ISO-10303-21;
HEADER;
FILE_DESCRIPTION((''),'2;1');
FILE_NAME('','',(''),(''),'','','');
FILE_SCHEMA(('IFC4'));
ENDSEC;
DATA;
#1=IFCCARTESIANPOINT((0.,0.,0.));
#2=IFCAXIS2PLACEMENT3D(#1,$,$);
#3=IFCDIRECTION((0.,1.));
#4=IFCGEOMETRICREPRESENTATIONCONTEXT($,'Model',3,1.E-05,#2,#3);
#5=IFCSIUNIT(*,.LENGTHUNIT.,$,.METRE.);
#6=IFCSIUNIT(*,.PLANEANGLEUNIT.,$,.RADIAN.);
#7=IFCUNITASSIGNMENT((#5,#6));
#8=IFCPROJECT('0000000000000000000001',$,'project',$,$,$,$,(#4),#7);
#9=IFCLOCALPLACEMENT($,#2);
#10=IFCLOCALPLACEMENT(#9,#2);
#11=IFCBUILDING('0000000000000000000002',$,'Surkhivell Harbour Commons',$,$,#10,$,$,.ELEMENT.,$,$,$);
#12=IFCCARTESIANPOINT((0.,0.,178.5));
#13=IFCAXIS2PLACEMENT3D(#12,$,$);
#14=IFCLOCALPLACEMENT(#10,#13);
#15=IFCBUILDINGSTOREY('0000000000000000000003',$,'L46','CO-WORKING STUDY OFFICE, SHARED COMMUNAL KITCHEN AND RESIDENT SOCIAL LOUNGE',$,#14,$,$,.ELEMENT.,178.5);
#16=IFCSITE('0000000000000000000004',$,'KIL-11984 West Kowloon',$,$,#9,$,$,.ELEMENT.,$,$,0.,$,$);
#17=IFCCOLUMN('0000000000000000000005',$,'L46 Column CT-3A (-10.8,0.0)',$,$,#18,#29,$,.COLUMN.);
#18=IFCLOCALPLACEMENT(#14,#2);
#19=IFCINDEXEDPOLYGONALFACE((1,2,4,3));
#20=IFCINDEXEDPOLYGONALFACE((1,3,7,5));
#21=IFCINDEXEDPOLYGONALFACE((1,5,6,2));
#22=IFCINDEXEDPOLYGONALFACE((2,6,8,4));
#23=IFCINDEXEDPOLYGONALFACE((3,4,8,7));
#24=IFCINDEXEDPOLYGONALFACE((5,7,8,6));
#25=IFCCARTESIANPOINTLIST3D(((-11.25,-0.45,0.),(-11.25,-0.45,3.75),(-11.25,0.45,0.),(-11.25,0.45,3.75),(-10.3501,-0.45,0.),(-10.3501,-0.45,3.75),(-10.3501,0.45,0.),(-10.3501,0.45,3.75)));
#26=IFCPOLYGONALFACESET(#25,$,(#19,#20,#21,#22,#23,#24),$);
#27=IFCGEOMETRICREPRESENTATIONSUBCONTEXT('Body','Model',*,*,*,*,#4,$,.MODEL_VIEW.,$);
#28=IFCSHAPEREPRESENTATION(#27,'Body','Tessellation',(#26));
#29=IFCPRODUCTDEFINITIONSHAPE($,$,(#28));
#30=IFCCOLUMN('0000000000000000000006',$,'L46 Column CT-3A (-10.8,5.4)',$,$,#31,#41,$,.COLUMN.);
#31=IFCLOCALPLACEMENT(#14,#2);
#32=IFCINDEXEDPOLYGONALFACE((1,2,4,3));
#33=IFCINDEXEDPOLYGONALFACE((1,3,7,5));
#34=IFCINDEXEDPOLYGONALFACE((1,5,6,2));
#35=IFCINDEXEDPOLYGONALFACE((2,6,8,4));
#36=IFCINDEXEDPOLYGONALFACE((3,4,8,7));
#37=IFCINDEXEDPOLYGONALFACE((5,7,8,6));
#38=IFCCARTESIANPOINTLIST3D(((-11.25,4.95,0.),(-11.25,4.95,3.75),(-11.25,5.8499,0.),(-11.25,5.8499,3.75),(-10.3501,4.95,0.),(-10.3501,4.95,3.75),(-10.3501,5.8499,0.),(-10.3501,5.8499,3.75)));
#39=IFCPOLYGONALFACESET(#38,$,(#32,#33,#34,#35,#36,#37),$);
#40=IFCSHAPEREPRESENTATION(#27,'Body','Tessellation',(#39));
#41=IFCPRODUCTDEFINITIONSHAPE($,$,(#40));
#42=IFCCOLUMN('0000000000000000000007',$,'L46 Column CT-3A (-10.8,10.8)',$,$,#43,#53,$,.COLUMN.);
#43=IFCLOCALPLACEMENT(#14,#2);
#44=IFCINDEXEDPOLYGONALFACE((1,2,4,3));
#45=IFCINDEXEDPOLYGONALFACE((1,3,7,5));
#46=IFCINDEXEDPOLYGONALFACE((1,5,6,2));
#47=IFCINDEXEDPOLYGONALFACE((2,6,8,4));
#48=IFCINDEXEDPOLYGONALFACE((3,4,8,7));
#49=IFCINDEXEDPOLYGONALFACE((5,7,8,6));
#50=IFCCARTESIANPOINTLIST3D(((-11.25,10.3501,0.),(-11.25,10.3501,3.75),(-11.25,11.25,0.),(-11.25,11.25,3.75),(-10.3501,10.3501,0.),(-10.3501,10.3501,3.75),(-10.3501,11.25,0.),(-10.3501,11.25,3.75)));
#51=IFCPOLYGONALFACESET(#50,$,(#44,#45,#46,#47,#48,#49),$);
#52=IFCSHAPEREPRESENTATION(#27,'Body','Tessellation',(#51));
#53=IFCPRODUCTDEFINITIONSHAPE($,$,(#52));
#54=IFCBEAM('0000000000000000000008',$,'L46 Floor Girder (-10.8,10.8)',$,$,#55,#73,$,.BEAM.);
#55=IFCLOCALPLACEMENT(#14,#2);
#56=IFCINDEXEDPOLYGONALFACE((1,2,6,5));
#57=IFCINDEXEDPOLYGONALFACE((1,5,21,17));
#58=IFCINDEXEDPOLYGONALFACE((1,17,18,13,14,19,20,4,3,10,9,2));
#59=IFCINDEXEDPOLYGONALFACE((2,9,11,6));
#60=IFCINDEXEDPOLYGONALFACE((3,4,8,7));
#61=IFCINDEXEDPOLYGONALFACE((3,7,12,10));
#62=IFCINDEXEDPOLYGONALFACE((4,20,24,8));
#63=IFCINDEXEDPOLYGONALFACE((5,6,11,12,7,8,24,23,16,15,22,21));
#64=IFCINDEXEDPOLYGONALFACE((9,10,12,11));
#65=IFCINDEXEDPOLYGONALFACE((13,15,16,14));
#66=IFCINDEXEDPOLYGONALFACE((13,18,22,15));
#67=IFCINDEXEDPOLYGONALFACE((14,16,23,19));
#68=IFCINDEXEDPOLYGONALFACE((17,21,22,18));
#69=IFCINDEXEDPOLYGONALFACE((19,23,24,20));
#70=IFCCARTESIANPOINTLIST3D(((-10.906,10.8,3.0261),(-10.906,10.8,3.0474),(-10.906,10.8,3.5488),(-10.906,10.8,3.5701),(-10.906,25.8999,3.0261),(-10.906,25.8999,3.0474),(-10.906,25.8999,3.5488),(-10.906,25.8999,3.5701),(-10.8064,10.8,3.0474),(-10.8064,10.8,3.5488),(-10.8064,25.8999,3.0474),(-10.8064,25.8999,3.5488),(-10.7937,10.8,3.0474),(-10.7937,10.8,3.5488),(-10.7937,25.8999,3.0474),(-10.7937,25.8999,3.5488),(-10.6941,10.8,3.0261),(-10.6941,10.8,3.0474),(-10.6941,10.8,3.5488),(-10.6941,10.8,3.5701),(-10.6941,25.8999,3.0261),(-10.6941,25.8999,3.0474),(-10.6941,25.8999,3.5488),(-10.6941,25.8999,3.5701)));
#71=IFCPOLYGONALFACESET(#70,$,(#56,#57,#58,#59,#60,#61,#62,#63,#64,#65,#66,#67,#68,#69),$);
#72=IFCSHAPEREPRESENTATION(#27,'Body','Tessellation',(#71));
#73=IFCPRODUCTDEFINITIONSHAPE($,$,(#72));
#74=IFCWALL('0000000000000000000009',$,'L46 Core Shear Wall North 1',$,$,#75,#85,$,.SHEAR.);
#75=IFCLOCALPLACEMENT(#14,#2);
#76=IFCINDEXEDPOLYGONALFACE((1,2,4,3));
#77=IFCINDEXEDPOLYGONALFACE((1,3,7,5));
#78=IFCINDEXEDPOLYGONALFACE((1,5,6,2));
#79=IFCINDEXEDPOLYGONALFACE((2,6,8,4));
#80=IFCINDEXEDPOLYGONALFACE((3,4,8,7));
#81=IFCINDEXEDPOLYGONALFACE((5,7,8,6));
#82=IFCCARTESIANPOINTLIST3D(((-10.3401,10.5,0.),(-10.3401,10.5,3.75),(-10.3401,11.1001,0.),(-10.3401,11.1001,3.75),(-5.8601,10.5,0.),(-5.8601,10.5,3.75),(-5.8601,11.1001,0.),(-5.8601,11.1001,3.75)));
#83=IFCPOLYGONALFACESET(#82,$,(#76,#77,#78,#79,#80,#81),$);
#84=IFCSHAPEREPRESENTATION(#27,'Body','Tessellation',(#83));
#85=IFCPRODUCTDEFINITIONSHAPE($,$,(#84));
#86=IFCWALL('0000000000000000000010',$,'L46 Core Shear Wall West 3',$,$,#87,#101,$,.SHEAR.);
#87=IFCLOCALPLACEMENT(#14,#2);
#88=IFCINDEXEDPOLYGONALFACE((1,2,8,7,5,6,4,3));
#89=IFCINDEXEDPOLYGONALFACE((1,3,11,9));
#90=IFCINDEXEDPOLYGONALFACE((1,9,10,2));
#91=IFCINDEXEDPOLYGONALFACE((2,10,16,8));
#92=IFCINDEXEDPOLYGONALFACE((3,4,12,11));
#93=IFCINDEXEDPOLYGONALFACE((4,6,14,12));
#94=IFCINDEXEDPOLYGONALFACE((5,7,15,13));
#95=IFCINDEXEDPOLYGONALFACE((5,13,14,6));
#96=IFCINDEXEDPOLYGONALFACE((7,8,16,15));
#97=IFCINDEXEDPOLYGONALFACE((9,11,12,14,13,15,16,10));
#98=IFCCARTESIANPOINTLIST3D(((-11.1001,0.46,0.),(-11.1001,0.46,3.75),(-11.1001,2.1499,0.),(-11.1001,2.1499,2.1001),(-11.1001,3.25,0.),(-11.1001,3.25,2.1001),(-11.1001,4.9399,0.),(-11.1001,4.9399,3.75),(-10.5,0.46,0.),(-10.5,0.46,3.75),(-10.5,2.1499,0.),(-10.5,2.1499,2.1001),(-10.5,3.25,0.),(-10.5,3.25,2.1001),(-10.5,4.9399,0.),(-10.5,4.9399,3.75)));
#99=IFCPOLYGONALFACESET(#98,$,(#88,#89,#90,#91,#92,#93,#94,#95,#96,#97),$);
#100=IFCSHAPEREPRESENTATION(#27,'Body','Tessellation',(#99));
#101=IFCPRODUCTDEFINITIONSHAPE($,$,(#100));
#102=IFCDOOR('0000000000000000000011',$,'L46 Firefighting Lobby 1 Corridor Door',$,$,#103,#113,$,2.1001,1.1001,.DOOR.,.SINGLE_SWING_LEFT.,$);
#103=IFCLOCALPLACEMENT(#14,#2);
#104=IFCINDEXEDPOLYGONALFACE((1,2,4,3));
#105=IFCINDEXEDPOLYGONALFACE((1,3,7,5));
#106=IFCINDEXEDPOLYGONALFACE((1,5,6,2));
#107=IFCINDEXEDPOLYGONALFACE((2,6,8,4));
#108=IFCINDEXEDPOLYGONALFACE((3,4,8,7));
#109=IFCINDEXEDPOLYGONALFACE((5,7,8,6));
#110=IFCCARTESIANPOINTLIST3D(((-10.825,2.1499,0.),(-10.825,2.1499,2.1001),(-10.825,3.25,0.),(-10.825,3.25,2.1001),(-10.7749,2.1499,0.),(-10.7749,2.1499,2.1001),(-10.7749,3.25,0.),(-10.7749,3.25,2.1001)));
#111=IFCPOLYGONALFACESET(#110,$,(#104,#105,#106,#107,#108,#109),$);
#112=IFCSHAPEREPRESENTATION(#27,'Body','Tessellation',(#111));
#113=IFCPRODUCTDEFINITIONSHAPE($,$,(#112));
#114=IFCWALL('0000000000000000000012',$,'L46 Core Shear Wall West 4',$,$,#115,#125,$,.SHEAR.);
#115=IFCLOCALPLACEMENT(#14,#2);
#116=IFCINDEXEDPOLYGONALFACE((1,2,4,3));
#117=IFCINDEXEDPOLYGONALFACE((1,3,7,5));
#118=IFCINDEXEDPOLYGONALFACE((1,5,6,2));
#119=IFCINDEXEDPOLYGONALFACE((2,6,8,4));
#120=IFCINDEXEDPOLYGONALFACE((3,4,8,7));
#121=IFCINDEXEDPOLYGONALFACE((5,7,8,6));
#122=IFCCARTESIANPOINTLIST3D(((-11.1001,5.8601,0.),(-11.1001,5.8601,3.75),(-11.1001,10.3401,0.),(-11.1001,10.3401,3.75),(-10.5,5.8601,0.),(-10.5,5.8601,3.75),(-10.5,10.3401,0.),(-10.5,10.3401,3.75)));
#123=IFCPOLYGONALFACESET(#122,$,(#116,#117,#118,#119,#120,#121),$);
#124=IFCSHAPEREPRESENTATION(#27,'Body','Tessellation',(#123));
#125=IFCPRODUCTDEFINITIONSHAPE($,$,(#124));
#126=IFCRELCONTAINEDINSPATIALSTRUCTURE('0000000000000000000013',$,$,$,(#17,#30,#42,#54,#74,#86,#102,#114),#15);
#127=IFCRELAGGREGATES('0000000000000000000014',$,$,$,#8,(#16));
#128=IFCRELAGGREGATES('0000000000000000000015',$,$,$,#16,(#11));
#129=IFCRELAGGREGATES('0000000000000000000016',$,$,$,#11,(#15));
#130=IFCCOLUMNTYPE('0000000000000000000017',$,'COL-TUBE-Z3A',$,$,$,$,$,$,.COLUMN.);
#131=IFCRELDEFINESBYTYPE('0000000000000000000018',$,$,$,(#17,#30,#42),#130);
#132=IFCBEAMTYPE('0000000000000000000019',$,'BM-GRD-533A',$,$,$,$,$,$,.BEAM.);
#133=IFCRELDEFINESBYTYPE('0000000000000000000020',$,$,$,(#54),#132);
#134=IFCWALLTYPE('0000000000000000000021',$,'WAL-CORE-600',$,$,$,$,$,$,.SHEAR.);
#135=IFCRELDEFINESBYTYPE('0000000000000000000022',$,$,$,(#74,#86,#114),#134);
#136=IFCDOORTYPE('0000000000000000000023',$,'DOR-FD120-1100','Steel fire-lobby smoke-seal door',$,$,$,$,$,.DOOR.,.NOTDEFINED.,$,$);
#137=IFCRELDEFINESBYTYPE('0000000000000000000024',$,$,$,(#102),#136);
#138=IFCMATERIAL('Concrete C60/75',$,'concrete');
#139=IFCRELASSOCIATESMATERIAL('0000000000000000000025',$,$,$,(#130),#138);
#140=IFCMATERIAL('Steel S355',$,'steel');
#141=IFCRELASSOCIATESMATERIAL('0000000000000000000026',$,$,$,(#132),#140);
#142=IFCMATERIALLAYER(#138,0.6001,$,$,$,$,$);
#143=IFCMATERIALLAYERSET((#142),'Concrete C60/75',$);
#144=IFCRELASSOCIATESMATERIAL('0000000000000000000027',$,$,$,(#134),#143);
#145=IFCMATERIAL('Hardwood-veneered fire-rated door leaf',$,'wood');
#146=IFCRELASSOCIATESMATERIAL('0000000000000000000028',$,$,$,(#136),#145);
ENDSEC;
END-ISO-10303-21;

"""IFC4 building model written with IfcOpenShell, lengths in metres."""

from ifc_helpers import new_model, si_unit, direction, frame, frame_2d, origin, origin_2d, place, context, subcontext, project, spatial, rectangle, i_section, extrude, material, layer, layer_set, material_profile, profile_set, type_object, element, fill, save


model = new_model("IFC4")

# Units and contexts
model_context = context("Model", 3, precision=1e-05, world=origin(), true_north=direction((0.0, 1.0)))
body_context = subcontext(model_context, "Body", "Model", "MODEL_VIEW")
ifc_project = project(units=[si_unit("LENGTHUNIT", "METRE"), si_unit("PLANEANGLEUNIT", "RADIAN")], contexts=[model_context])

# Site, building, storey
site_placement = place(None, origin())
site = spatial("IfcSite", under=ifc_project, at=site_placement, Name="KIL-11984 West Kowloon", CompositionType="ELEMENT", RefElevation=0.0)
building_placement = place(site_placement, origin())
building = spatial("IfcBuilding", under=site, at=building_placement, Name="Surkhivell Harbour Commons", CompositionType="ELEMENT")
storey_placement = place(building_placement, frame((0.0, 0.0, 178.5)))
storey = spatial("IfcBuildingStorey", under=building, at=storey_placement, Name="L46", Description="CO-WORKING STUDY OFFICE, SHARED COMMUNAL KITCHEN AND RESIDENT SOCIAL LOUNGE", CompositionType="ELEMENT", Elevation=178.5)

# Columns
ifc_material_1 = material(Name="Concrete C60/75", Category="concrete")
ifc_material_profile_1 = material_profile(ifc_material_1, rectangle(XDim=0.8999, YDim=0.8999, at=origin_2d()), Name="RC-COL-900x900")
ifc_profile_set_1 = profile_set([ifc_material_profile_1], Name="Concrete C60/75")
column_type = type_object("IfcColumnType", Name="COL-TUBE-Z3A", PredefinedType="COLUMN", material=ifc_profile_set_1)
for number, where, z_axis, x_axis, name in (
    (1, (-10.8, 0.0, 0.0), (0.0, 0.0, 1.0), (1.0, 0.0, 0.0), "L46 Column CT-3A (-10.8,0.0)"),
    (2, (-10.8, 5.3999, 0.0), (0.0, 0.0, 1.0), (1.0, 0.0, 0.0), "L46 Column CT-3A (-10.8,5.4)"),
    (3, (-10.8, 10.8, 0.0), (0.0, 0.0, 1.0), (1.0, 0.0, 0.0), "L46 Column CT-3A (-10.8,10.8)"),
):
    element("IfcColumn", number, at=place(storey_placement, frame(where, z_axis=z_axis, x_axis=x_axis)), inside=storey, type_object=column_type, Name=name, PredefinedType="COLUMN", context=body_context, shape_type="SweptSolid", body=[
        extrude(rectangle(XDim=0.8999, YDim=0.8999, at=origin_2d()), origin(), (0.0, 0.0, 1.0), 3.75),
    ])

# Beam
ifc_material_2 = material(Name="Steel S355", Category="steel")
ifc_material_profile_2 = material_profile(ifc_material_2, i_section(OverallWidth=0.2119, OverallDepth=0.5439, WebThickness=0.0127, FlangeThickness=0.0212, at=origin_2d()), Name="UB533x210x122")
ifc_profile_set_2 = profile_set([ifc_material_profile_2], Name="Steel S355")
beam_type = type_object("IfcBeamType", Name="BM-GRD-533A", PredefinedType="BEAM", material=ifc_profile_set_2)
beam_placement = place(storey_placement, frame((-10.8, 10.8, 3.2981), z_axis=(0.0, 1.0, 0.0), x_axis=(-1.0, 0.0, 0.0)))
element("IfcBeam", 4, at=beam_placement, inside=storey, type_object=beam_type, Name="L46 Floor Girder (-10.8,10.8)", PredefinedType="BEAM", context=body_context, shape_type="SweptSolid", body=[
    extrude(i_section(OverallWidth=0.2119, OverallDepth=0.5439, WebThickness=0.0127, FlangeThickness=0.0212, at=origin_2d()), origin(), (0.0, 0.0, 1.0), 15.0999),
])

# Wall
ifc_layer_1 = layer(ifc_material_1, 0.6001)
ifc_layer_set_1 = layer_set([ifc_layer_1], Name="Concrete C60/75")
wall_type_1 = type_object("IfcWallType", Name="WAL-CORE-600", PredefinedType="SHEAR", material=ifc_layer_set_1)
wall_1_placement = place(storey_placement, frame((-10.3401, 10.8, 0.0), z_axis=(0.0, 0.0, 1.0), x_axis=(1.0, 0.0, 0.0)))
element("IfcWall", 5, at=wall_1_placement, inside=storey, type_object=wall_type_1, Name="L46 Core Shear Wall North 1", PredefinedType="SHEAR", context=body_context, shape_type="SweptSolid", body=[
    extrude(rectangle(XDim=4.48, YDim=0.6001, at=frame_2d((2.24, 0.0))), origin(), (0.0, 0.0, 1.0), 3.75),
])

# Wall, opening, door
wall_2_placement = place(storey_placement, frame((-10.8, 0.46, 0.0), z_axis=(0.0, 0.0, 1.0), x_axis=(0.0, 1.0, 0.0)))
wall_2 = element("IfcWall", 6, at=wall_2_placement, inside=storey, type_object=wall_type_1, Name="L46 Core Shear Wall West 3", PredefinedType="SHEAR", context=body_context, shape_type="SweptSolid", body=[
    extrude(rectangle(XDim=4.48, YDim=0.6001, at=frame_2d((2.24, 0.0))), origin(), (0.0, 0.0, 1.0), 3.75),
])
opening_1_placement = place(wall_2_placement, frame((1.6899, 0.0, 0.0)))
opening_1 = element("IfcOpeningElement", 7, at=opening_1_placement, cuts=wall_2, PredefinedType="OPENING", context=body_context, shape_type="SweptSolid", body=[
    extrude(rectangle(XDim=1.1001, YDim=2.1001, at=frame_2d((0.55, 1.05))), frame((0.0, 0.3101, 0.0), z_axis=(0.0, -1.0, 0.0), x_axis=(1.0, 0.0, 0.0)), (0.0, 0.0, 1.0), 0.6201),
])
ifc_material_3 = material(Name="Hardwood-veneered fire-rated door leaf", Category="wood")
door_type_1 = type_object("IfcDoorType", Name="DOR-FD120-1100", Description="Steel fire-lobby smoke-seal door", OperationType="NOTDEFINED", PredefinedType="DOOR", material=ifc_material_3)
door_1_placement = place(opening_1_placement, origin())
door_1 = element("IfcDoor", 8, at=door_1_placement, inside=storey, type_object=door_type_1, Name="L46 Firefighting Lobby 1 Corridor Door", OperationType="SINGLE_SWING_LEFT", OverallHeight=2.1001, OverallWidth=1.1001, PredefinedType="DOOR", context=body_context, shape_type="SweptSolid", body=[
    extrude(rectangle(XDim=1.1001, YDim=2.1001, at=frame_2d((0.55, 1.05))), frame((0.0, 0.0249, 0.0), z_axis=(0.0, -1.0, 0.0), x_axis=(1.0, 0.0, 0.0)), (0.0, 0.0, 1.0), 0.05),
])
fill(opening_1, door_1)

# Wall
wall_3_placement = place(storey_placement, frame((-10.8, 5.8601, 0.0), z_axis=(0.0, 0.0, 1.0), x_axis=(0.0, 1.0, 0.0)))
element("IfcWall", 9, at=wall_3_placement, inside=storey, type_object=wall_type_1, Name="L46 Core Shear Wall West 4", PredefinedType="SHEAR", context=body_context, shape_type="SweptSolid", body=[
    extrude(rectangle(XDim=4.48, YDim=0.6001, at=frame_2d((2.24, 0.0))), origin(), (0.0, 0.0, 1.0), 3.75),
])

save(model, "model.ifc")
